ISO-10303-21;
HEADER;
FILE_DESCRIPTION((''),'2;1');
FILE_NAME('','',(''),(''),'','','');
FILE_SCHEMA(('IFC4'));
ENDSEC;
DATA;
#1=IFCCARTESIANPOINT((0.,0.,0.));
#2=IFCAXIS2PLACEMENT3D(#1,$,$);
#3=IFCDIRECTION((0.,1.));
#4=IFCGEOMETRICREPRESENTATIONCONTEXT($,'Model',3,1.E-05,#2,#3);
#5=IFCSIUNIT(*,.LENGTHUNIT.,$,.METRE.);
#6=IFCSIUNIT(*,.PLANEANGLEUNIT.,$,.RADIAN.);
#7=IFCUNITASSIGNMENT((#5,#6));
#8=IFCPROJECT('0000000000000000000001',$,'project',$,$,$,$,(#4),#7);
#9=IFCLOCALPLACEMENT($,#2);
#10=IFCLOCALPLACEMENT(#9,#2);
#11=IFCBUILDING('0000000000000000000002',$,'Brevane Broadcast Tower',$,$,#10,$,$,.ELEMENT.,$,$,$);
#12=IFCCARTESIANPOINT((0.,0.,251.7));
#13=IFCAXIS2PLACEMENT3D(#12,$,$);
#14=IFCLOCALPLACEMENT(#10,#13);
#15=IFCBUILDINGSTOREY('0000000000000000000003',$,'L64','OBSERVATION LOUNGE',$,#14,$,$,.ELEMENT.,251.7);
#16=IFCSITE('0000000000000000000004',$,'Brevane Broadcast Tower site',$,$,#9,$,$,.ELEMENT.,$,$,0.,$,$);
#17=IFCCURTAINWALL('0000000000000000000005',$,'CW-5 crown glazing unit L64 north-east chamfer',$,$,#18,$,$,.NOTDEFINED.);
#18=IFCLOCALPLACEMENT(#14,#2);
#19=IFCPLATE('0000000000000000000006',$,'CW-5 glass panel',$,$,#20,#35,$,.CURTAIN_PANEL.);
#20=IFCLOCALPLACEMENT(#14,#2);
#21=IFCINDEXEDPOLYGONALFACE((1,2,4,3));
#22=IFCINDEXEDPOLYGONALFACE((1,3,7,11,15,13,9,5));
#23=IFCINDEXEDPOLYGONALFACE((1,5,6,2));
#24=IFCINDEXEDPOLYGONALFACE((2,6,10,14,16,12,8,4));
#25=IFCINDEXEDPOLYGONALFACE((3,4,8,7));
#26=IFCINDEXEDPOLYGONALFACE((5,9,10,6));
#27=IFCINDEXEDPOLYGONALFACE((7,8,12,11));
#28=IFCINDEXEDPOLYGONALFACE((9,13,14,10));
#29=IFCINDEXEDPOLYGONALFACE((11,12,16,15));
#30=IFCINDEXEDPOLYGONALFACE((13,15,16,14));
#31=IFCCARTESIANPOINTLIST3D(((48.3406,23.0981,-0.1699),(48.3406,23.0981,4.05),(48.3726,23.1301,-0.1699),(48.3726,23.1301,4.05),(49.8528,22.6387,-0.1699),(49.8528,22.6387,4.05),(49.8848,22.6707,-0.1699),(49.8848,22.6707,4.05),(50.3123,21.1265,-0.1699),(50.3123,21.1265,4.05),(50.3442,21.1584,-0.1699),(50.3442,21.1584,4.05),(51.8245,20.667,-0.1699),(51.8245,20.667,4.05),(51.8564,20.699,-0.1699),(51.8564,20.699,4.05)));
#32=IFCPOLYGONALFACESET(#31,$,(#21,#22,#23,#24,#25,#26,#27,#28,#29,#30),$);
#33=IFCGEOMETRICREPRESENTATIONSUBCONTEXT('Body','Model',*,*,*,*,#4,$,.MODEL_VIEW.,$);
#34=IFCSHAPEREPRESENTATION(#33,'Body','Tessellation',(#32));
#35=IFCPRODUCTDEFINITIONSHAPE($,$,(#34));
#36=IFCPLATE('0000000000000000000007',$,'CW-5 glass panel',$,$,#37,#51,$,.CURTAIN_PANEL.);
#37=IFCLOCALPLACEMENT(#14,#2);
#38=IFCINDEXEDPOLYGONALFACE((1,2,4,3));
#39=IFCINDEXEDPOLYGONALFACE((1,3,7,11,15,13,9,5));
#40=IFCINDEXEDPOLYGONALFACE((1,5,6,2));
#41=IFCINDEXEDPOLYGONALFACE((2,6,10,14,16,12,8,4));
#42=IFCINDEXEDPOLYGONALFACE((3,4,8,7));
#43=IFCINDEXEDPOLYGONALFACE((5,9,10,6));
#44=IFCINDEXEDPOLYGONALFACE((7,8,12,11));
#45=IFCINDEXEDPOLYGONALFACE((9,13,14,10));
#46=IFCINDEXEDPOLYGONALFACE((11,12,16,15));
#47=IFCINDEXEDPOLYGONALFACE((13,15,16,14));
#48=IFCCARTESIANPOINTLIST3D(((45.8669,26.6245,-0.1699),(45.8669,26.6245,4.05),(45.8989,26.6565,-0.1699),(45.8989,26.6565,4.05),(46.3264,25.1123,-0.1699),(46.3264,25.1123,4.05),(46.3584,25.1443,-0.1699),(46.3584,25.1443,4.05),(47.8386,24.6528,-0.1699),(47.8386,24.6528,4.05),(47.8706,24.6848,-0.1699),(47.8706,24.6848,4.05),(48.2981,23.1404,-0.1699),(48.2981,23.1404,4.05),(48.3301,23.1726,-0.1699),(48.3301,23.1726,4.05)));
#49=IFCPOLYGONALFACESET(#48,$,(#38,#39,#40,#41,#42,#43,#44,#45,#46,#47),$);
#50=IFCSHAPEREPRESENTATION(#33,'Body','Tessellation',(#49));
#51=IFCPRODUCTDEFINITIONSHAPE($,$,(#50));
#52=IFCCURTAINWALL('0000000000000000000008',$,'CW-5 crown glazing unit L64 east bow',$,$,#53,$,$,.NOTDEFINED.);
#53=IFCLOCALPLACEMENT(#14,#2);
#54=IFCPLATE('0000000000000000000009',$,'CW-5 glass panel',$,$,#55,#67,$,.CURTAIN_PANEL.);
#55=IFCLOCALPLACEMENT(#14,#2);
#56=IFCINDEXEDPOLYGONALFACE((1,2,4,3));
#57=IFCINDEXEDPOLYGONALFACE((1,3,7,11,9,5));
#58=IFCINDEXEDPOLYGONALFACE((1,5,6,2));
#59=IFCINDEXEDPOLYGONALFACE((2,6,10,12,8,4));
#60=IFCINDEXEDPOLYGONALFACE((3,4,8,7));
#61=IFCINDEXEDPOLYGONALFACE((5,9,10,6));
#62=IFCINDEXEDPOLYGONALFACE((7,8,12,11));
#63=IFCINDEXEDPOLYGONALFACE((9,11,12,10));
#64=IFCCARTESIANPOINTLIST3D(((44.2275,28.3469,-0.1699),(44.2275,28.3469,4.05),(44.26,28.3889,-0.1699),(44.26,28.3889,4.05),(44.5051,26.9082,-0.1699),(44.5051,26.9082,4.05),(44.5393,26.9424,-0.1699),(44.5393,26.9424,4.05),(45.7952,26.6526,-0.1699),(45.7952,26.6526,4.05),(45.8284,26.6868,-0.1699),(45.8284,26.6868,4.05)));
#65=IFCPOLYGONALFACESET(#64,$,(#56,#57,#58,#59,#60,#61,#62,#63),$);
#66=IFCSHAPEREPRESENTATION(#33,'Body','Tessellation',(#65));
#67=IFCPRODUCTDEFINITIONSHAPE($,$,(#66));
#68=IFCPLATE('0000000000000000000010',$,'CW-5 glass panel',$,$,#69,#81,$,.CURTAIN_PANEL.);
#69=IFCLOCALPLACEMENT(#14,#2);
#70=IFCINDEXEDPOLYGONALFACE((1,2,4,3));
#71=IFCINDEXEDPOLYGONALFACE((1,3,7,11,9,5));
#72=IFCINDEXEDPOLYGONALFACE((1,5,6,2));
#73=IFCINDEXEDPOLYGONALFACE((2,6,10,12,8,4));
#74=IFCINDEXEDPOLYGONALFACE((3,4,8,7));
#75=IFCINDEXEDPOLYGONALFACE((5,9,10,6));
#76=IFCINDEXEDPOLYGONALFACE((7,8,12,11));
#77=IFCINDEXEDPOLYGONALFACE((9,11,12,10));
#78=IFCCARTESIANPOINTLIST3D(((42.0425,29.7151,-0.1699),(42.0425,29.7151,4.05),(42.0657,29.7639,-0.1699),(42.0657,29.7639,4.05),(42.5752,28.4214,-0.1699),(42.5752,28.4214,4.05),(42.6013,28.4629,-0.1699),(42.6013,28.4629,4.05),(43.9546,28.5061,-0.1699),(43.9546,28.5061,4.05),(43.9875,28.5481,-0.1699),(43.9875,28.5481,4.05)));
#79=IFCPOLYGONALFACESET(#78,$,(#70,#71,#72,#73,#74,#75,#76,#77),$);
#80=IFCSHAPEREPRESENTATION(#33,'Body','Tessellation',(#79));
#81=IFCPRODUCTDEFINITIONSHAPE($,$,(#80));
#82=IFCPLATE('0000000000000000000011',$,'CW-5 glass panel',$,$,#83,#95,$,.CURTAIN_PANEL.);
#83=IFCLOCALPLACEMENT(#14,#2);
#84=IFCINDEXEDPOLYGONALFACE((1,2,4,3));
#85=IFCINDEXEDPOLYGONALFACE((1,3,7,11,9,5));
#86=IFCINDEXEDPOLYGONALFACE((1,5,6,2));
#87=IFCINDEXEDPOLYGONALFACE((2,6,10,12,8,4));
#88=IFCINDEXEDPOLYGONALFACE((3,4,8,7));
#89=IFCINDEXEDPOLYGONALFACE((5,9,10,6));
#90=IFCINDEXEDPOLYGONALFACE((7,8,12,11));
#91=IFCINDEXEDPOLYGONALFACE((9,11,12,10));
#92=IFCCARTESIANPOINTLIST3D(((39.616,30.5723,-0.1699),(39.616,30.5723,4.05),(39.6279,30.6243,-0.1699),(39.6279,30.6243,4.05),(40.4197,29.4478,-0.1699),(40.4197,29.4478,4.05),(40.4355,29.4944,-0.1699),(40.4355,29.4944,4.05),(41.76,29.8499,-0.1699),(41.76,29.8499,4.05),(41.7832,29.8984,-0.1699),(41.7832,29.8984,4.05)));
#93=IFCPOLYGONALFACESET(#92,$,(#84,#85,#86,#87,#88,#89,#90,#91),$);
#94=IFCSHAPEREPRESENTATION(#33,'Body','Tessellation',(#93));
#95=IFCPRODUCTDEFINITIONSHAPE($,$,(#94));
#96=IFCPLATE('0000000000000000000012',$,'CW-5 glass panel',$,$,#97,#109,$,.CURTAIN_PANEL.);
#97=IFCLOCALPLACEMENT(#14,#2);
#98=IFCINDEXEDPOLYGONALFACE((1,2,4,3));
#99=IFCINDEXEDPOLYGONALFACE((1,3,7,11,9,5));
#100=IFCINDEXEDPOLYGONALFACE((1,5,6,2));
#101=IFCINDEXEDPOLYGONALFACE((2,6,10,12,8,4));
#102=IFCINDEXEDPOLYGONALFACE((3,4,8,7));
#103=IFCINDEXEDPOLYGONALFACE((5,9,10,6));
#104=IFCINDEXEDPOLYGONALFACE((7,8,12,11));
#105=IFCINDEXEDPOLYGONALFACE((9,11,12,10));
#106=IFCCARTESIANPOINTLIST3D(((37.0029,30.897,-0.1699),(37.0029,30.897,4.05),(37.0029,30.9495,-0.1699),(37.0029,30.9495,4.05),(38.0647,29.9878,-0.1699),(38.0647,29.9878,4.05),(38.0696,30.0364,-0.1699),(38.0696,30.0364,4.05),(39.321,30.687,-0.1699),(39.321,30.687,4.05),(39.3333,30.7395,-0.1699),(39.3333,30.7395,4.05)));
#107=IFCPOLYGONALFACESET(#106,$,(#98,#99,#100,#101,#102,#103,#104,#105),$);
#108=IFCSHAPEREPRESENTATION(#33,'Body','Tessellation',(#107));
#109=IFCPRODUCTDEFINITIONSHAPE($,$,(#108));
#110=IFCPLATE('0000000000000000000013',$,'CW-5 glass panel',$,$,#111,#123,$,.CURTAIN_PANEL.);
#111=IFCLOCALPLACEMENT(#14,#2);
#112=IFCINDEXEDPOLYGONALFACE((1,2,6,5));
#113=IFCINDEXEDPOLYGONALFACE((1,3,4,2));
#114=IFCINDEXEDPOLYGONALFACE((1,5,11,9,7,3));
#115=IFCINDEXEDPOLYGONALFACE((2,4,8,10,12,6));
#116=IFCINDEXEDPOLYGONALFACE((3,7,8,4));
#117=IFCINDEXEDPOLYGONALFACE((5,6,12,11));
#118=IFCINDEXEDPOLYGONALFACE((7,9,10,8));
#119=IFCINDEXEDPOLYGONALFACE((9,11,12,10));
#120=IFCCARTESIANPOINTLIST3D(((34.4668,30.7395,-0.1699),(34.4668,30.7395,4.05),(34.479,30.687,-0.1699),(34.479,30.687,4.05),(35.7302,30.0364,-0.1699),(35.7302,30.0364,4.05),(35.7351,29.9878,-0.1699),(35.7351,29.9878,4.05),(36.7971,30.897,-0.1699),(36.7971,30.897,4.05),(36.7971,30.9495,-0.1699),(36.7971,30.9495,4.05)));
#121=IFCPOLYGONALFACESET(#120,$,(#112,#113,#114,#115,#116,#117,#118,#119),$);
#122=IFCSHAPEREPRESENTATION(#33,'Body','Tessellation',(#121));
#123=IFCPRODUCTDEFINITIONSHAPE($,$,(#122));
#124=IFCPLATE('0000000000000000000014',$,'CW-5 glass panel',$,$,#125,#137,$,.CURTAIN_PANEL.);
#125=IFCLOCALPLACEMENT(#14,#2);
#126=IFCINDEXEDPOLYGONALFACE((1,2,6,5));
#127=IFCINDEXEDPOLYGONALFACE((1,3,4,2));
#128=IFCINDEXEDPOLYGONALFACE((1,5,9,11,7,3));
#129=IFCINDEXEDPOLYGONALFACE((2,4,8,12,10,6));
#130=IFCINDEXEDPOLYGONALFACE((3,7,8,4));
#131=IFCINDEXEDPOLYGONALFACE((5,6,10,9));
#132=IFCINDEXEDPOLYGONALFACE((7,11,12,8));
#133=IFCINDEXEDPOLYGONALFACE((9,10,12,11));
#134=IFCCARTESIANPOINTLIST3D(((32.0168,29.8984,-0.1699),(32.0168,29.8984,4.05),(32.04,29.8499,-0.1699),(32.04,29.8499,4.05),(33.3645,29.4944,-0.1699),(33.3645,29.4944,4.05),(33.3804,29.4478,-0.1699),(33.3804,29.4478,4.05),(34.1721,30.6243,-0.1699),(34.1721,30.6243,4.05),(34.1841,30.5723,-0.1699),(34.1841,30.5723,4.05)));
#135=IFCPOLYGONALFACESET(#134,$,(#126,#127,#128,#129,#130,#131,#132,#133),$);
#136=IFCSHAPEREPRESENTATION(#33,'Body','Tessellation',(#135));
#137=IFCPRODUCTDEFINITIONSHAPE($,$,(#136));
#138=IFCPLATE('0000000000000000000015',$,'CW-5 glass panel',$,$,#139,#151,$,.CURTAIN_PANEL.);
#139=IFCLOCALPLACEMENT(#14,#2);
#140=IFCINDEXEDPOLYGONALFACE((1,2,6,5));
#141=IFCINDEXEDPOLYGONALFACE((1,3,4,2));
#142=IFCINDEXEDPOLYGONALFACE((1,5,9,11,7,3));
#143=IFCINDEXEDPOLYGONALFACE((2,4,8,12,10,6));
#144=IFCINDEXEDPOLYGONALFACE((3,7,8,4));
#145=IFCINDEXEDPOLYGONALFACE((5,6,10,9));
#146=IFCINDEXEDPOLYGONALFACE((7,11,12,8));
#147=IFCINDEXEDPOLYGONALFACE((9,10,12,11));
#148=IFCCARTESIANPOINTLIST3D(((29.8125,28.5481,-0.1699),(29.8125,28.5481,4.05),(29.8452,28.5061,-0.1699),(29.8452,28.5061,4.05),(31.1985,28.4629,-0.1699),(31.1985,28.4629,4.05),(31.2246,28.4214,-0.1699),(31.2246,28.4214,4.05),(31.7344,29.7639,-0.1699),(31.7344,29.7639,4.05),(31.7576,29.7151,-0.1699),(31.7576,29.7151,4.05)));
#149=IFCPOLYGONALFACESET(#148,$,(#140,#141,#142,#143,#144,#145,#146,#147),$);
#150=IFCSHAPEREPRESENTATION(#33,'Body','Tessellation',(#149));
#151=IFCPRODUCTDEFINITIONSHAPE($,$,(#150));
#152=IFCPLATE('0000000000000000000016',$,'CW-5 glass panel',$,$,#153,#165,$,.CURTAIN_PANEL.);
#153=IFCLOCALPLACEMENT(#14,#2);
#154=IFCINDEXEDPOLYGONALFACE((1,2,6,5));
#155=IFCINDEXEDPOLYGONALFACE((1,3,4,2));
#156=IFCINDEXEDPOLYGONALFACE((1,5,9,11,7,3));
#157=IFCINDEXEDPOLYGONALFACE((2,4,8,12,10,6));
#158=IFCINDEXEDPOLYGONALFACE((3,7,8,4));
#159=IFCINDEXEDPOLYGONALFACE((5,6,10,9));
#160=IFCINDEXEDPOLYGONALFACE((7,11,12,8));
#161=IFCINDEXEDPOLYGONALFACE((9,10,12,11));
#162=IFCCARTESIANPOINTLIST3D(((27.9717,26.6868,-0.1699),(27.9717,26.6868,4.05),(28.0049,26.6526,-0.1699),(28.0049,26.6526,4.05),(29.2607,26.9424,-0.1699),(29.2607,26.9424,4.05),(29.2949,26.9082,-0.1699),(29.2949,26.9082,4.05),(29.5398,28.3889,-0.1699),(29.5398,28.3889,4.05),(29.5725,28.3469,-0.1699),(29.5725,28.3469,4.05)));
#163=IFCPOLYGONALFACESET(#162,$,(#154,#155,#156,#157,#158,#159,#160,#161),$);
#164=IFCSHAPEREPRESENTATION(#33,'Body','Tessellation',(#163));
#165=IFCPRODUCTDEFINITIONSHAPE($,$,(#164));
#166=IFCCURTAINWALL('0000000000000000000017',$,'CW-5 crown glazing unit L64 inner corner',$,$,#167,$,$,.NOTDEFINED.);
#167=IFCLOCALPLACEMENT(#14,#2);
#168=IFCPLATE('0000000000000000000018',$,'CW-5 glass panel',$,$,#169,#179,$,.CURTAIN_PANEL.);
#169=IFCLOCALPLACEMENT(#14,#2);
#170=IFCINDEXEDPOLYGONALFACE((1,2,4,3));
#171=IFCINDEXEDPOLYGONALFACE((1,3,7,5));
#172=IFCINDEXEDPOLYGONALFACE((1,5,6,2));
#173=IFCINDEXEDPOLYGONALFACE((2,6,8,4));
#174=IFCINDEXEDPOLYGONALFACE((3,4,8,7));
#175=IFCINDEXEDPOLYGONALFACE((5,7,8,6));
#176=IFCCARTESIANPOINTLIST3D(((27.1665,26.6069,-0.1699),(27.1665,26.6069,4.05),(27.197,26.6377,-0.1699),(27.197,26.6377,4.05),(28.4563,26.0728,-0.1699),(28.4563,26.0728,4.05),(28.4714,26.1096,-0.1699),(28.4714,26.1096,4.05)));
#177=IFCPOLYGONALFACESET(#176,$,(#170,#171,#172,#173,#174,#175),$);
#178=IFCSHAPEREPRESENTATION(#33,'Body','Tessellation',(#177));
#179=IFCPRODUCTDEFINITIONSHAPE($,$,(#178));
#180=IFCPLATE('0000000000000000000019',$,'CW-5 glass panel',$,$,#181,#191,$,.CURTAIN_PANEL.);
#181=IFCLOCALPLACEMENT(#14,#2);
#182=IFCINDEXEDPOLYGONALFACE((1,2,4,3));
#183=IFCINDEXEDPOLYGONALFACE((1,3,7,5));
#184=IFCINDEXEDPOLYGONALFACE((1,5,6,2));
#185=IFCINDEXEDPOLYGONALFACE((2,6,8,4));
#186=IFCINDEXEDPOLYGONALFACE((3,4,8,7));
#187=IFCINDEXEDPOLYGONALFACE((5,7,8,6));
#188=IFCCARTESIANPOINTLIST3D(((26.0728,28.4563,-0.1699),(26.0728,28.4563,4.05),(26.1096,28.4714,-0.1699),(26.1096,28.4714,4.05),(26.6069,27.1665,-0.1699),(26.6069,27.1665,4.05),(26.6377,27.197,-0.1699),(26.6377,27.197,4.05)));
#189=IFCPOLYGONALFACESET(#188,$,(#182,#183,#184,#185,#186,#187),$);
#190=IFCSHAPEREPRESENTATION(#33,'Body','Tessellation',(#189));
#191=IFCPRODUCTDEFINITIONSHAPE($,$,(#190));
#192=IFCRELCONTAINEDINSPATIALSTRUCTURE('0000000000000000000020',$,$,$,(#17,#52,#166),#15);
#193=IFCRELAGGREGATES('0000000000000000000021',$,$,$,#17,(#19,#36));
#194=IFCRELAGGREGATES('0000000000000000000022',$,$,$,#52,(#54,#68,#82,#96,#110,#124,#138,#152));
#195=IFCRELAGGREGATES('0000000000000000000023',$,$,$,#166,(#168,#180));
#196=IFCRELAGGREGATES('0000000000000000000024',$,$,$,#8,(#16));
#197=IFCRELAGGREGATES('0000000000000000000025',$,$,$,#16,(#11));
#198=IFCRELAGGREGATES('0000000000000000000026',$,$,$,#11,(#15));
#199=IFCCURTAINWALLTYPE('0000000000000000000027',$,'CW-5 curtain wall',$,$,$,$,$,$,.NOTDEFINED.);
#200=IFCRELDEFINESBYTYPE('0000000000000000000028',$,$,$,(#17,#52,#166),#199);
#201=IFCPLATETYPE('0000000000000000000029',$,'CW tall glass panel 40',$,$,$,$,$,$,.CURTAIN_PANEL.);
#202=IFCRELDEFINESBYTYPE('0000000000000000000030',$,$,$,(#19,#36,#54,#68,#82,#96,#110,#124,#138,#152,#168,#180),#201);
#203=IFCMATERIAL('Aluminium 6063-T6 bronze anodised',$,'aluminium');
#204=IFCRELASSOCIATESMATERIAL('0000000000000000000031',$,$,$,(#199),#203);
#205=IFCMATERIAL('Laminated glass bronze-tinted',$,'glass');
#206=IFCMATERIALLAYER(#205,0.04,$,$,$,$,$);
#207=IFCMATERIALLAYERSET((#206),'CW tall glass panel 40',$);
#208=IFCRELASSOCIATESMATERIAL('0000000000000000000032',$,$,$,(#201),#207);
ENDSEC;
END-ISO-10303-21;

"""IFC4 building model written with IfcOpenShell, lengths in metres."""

from ifc_helpers import new_model, si_unit, direction, frame, origin, place, context, subcontext, project, spatial, polyline, outline, extrude, material, layer, layer_set, type_object, element, aggregate, save


model = new_model("IFC4")

# Units and contexts
model_context = context("Model", 3, precision=1e-05, world=origin(), true_north=direction((0.0, 1.0)))
body_context = subcontext(model_context, "Body", "Model", "MODEL_VIEW")
ifc_project = project(units=[si_unit("LENGTHUNIT", "METRE"), si_unit("PLANEANGLEUNIT", "RADIAN")], contexts=[model_context])

# Site, building, storey
site_placement = place(None, origin())
site = spatial("IfcSite", under=ifc_project, at=site_placement, Name="Brevane Broadcast Tower site", CompositionType="ELEMENT", RefElevation=0.0)
building_placement = place(site_placement, origin())
building = spatial("IfcBuilding", under=site, at=building_placement, Name="Brevane Broadcast Tower", CompositionType="ELEMENT")
storey_placement = place(building_placement, frame((0.0, 0.0, 251.7)))
storey = spatial("IfcBuildingStorey", under=building, at=storey_placement, Name="L64", Description="OBSERVATION LOUNGE", CompositionType="ELEMENT", Elevation=251.7)

# Curtain walls, plates
ifc_material_1 = material(Name="Aluminium 6063-T6 bronze anodised", Category="aluminium")
curtain_wall_type = type_object("IfcCurtainWallType", Name="CW-5 curtain wall", PredefinedType="NOTDEFINED", material=ifc_material_1)
curtain_wall_1_placement = place(storey_placement, origin())
curtain_wall_1 = element("IfcCurtainWall", 1, at=curtain_wall_1_placement, inside=storey, type_object=curtain_wall_type, Name="CW-5 crown glazing unit L64 north-east chamfer", PredefinedType="NOTDEFINED")
ifc_material_2 = material(Name="Laminated glass bronze-tinted", Category="glass")
ifc_layer = layer(ifc_material_2, 0.04)
ifc_layer_set = layer_set([ifc_layer], Name="CW tall glass panel 40")
plate_type = type_object("IfcPlateType", Name="CW tall glass panel 40", PredefinedType="CURTAIN_PANEL", material=ifc_layer_set)
plate_1_placement = place(storey_placement, frame((0.0, 0.0, -0.1699)))
plate_1 = element("IfcPlate", 2, at=plate_1_placement, type_object=plate_type, Name="CW-5 glass panel", PredefinedType="CURTAIN_PANEL", context=body_context, shape_type="SweptSolid", body=[
    extrude(outline(polyline([(51.8245, 20.667), (51.8564, 20.699), (50.3442, 21.1584), (49.8848, 22.6707), (48.3726, 23.1301), (48.3406, 23.0981), (49.8528, 22.6387), (50.3123, 21.1265), (51.8245, 20.667)])), origin(), (0.0, 0.0, 1.0), 4.22),
])
plate_2_placement = place(storey_placement, frame((0.0, 0.0, -0.1699)))
plate_2 = element("IfcPlate", 3, at=plate_2_placement, type_object=plate_type, Name="CW-5 glass panel", PredefinedType="CURTAIN_PANEL", context=body_context, shape_type="SweptSolid", body=[
    extrude(outline(polyline([(48.2981, 23.1404), (48.3301, 23.1726), (47.8706, 24.6848), (46.3584, 25.1443), (45.8989, 26.6565), (45.8669, 26.6245), (46.3264, 25.1123), (47.8386, 24.6528), (48.2981, 23.1404)])), origin(), (0.0, 0.0, 1.0), 4.22),
])
aggregate(curtain_wall_1, [plate_1, plate_2])
curtain_wall_2_placement = place(storey_placement, origin())
curtain_wall_2 = element("IfcCurtainWall", 4, at=curtain_wall_2_placement, inside=storey, type_object=curtain_wall_type, Name="CW-5 crown glazing unit L64 east bow", PredefinedType="NOTDEFINED")
plate_3_placement = place(storey_placement, frame((0.0, 0.0, -0.1699)))
plate_3 = element("IfcPlate", 5, at=plate_3_placement, type_object=plate_type, Name="CW-5 glass panel", PredefinedType="CURTAIN_PANEL", context=body_context, shape_type="SweptSolid", body=[
    extrude(outline(polyline([(45.7952, 26.6526), (45.8284, 26.6868), (44.5393, 26.9424), (44.26, 28.3889), (44.2275, 28.3469), (44.5051, 26.9082), (45.7952, 26.6526)])), origin(), (0.0, 0.0, 1.0), 4.22),
])
plate_4_placement = place(storey_placement, frame((0.0, 0.0, -0.1699)))
plate_4 = element("IfcPlate", 6, at=plate_4_placement, type_object=plate_type, Name="CW-5 glass panel", PredefinedType="CURTAIN_PANEL", context=body_context, shape_type="SweptSolid", body=[
    extrude(outline(polyline([(43.9546, 28.5061), (43.9875, 28.5481), (42.6013, 28.4629), (42.0657, 29.7639), (42.0425, 29.7151), (42.5752, 28.4214), (43.9546, 28.5061)])), origin(), (0.0, 0.0, 1.0), 4.22),
])
plate_5_placement = place(storey_placement, frame((0.0, 0.0, -0.1699)))
plate_5 = element("IfcPlate", 7, at=plate_5_placement, type_object=plate_type, Name="CW-5 glass panel", PredefinedType="CURTAIN_PANEL", context=body_context, shape_type="SweptSolid", body=[
    extrude(outline(polyline([(41.76, 29.8499), (41.7832, 29.8984), (40.4355, 29.4944), (39.6279, 30.6243), (39.616, 30.5723), (40.4197, 29.4478), (41.76, 29.8499)])), origin(), (0.0, 0.0, 1.0), 4.22),
])
plate_6_placement = place(storey_placement, frame((0.0, 0.0, -0.1699)))
plate_6 = element("IfcPlate", 8, at=plate_6_placement, type_object=plate_type, Name="CW-5 glass panel", PredefinedType="CURTAIN_PANEL", context=body_context, shape_type="SweptSolid", body=[
    extrude(outline(polyline([(39.321, 30.687), (39.3333, 30.7395), (38.0696, 30.0364), (37.0029, 30.9495), (37.0029, 30.897), (38.0647, 29.9878), (39.321, 30.687)])), origin(), (0.0, 0.0, 1.0), 4.22),
])
plate_7_placement = place(storey_placement, frame((0.0, 0.0, -0.1699)))
plate_7 = element("IfcPlate", 9, at=plate_7_placement, type_object=plate_type, Name="CW-5 glass panel", PredefinedType="CURTAIN_PANEL", context=body_context, shape_type="SweptSolid", body=[
    extrude(outline(polyline([(36.7971, 30.897), (36.7971, 30.9495), (35.7302, 30.0364), (34.4668, 30.7395), (34.479, 30.687), (35.7351, 29.9878), (36.7971, 30.897)])), origin(), (0.0, 0.0, 1.0), 4.22),
])
plate_8_placement = place(storey_placement, frame((0.0, 0.0, -0.1699)))
plate_8 = element("IfcPlate", 10, at=plate_8_placement, type_object=plate_type, Name="CW-5 glass panel", PredefinedType="CURTAIN_PANEL", context=body_context, shape_type="SweptSolid", body=[
    extrude(outline(polyline([(34.1841, 30.5723), (34.1721, 30.6243), (33.3645, 29.4944), (32.0168, 29.8984), (32.04, 29.8499), (33.3804, 29.4478), (34.1841, 30.5723)])), origin(), (0.0, 0.0, 1.0), 4.22),
])
plate_9_placement = place(storey_placement, frame((0.0, 0.0, -0.1699)))
plate_9 = element("IfcPlate", 11, at=plate_9_placement, type_object=plate_type, Name="CW-5 glass panel", PredefinedType="CURTAIN_PANEL", context=body_context, shape_type="SweptSolid", body=[
    extrude(outline(polyline([(31.7576, 29.7151), (31.7344, 29.7639), (31.1985, 28.4629), (29.8125, 28.5481), (29.8452, 28.5061), (31.2246, 28.4214), (31.7576, 29.7151)])), origin(), (0.0, 0.0, 1.0), 4.22),
])
plate_10_placement = place(storey_placement, frame((0.0, 0.0, -0.1699)))
plate_10 = element("IfcPlate", 12, at=plate_10_placement, type_object=plate_type, Name="CW-5 glass panel", PredefinedType="CURTAIN_PANEL", context=body_context, shape_type="SweptSolid", body=[
    extrude(outline(polyline([(29.5725, 28.3469), (29.5398, 28.3889), (29.2607, 26.9424), (27.9717, 26.6868), (28.0049, 26.6526), (29.2949, 26.9082), (29.5725, 28.3469)])), origin(), (0.0, 0.0, 1.0), 4.22),
])
aggregate(curtain_wall_2, [plate_3, plate_4, plate_5, plate_6, plate_7, plate_8, plate_9, plate_10])
curtain_wall_3_placement = place(storey_placement, origin())
curtain_wall_3 = element("IfcCurtainWall", 13, at=curtain_wall_3_placement, inside=storey, type_object=curtain_wall_type, Name="CW-5 crown glazing unit L64 inner corner", PredefinedType="NOTDEFINED")
plate_11_placement = place(storey_placement, frame((0.0, 0.0, -0.1699)))
plate_11 = element("IfcPlate", 14, at=plate_11_placement, type_object=plate_type, Name="CW-5 glass panel", PredefinedType="CURTAIN_PANEL", context=body_context, shape_type="SweptSolid", body=[
    extrude(outline(polyline([(28.4563, 26.0728), (28.4714, 26.1096), (27.197, 26.6377), (27.1665, 26.6069), (28.4563, 26.0728)])), origin(), (0.0, 0.0, 1.0), 4.22),
])
plate_12_placement = place(storey_placement, frame((0.0, 0.0, -0.1699)))
plate_12 = element("IfcPlate", 15, at=plate_12_placement, type_object=plate_type, Name="CW-5 glass panel", PredefinedType="CURTAIN_PANEL", context=body_context, shape_type="SweptSolid", body=[
    extrude(outline(polyline([(26.6069, 27.1665), (26.6377, 27.197), (26.1096, 28.4714), (26.0728, 28.4563), (26.6069, 27.1665)])), origin(), (0.0, 0.0, 1.0), 4.22),
])
aggregate(curtain_wall_3, [plate_11, plate_12])

save(model, "model.ifc")
